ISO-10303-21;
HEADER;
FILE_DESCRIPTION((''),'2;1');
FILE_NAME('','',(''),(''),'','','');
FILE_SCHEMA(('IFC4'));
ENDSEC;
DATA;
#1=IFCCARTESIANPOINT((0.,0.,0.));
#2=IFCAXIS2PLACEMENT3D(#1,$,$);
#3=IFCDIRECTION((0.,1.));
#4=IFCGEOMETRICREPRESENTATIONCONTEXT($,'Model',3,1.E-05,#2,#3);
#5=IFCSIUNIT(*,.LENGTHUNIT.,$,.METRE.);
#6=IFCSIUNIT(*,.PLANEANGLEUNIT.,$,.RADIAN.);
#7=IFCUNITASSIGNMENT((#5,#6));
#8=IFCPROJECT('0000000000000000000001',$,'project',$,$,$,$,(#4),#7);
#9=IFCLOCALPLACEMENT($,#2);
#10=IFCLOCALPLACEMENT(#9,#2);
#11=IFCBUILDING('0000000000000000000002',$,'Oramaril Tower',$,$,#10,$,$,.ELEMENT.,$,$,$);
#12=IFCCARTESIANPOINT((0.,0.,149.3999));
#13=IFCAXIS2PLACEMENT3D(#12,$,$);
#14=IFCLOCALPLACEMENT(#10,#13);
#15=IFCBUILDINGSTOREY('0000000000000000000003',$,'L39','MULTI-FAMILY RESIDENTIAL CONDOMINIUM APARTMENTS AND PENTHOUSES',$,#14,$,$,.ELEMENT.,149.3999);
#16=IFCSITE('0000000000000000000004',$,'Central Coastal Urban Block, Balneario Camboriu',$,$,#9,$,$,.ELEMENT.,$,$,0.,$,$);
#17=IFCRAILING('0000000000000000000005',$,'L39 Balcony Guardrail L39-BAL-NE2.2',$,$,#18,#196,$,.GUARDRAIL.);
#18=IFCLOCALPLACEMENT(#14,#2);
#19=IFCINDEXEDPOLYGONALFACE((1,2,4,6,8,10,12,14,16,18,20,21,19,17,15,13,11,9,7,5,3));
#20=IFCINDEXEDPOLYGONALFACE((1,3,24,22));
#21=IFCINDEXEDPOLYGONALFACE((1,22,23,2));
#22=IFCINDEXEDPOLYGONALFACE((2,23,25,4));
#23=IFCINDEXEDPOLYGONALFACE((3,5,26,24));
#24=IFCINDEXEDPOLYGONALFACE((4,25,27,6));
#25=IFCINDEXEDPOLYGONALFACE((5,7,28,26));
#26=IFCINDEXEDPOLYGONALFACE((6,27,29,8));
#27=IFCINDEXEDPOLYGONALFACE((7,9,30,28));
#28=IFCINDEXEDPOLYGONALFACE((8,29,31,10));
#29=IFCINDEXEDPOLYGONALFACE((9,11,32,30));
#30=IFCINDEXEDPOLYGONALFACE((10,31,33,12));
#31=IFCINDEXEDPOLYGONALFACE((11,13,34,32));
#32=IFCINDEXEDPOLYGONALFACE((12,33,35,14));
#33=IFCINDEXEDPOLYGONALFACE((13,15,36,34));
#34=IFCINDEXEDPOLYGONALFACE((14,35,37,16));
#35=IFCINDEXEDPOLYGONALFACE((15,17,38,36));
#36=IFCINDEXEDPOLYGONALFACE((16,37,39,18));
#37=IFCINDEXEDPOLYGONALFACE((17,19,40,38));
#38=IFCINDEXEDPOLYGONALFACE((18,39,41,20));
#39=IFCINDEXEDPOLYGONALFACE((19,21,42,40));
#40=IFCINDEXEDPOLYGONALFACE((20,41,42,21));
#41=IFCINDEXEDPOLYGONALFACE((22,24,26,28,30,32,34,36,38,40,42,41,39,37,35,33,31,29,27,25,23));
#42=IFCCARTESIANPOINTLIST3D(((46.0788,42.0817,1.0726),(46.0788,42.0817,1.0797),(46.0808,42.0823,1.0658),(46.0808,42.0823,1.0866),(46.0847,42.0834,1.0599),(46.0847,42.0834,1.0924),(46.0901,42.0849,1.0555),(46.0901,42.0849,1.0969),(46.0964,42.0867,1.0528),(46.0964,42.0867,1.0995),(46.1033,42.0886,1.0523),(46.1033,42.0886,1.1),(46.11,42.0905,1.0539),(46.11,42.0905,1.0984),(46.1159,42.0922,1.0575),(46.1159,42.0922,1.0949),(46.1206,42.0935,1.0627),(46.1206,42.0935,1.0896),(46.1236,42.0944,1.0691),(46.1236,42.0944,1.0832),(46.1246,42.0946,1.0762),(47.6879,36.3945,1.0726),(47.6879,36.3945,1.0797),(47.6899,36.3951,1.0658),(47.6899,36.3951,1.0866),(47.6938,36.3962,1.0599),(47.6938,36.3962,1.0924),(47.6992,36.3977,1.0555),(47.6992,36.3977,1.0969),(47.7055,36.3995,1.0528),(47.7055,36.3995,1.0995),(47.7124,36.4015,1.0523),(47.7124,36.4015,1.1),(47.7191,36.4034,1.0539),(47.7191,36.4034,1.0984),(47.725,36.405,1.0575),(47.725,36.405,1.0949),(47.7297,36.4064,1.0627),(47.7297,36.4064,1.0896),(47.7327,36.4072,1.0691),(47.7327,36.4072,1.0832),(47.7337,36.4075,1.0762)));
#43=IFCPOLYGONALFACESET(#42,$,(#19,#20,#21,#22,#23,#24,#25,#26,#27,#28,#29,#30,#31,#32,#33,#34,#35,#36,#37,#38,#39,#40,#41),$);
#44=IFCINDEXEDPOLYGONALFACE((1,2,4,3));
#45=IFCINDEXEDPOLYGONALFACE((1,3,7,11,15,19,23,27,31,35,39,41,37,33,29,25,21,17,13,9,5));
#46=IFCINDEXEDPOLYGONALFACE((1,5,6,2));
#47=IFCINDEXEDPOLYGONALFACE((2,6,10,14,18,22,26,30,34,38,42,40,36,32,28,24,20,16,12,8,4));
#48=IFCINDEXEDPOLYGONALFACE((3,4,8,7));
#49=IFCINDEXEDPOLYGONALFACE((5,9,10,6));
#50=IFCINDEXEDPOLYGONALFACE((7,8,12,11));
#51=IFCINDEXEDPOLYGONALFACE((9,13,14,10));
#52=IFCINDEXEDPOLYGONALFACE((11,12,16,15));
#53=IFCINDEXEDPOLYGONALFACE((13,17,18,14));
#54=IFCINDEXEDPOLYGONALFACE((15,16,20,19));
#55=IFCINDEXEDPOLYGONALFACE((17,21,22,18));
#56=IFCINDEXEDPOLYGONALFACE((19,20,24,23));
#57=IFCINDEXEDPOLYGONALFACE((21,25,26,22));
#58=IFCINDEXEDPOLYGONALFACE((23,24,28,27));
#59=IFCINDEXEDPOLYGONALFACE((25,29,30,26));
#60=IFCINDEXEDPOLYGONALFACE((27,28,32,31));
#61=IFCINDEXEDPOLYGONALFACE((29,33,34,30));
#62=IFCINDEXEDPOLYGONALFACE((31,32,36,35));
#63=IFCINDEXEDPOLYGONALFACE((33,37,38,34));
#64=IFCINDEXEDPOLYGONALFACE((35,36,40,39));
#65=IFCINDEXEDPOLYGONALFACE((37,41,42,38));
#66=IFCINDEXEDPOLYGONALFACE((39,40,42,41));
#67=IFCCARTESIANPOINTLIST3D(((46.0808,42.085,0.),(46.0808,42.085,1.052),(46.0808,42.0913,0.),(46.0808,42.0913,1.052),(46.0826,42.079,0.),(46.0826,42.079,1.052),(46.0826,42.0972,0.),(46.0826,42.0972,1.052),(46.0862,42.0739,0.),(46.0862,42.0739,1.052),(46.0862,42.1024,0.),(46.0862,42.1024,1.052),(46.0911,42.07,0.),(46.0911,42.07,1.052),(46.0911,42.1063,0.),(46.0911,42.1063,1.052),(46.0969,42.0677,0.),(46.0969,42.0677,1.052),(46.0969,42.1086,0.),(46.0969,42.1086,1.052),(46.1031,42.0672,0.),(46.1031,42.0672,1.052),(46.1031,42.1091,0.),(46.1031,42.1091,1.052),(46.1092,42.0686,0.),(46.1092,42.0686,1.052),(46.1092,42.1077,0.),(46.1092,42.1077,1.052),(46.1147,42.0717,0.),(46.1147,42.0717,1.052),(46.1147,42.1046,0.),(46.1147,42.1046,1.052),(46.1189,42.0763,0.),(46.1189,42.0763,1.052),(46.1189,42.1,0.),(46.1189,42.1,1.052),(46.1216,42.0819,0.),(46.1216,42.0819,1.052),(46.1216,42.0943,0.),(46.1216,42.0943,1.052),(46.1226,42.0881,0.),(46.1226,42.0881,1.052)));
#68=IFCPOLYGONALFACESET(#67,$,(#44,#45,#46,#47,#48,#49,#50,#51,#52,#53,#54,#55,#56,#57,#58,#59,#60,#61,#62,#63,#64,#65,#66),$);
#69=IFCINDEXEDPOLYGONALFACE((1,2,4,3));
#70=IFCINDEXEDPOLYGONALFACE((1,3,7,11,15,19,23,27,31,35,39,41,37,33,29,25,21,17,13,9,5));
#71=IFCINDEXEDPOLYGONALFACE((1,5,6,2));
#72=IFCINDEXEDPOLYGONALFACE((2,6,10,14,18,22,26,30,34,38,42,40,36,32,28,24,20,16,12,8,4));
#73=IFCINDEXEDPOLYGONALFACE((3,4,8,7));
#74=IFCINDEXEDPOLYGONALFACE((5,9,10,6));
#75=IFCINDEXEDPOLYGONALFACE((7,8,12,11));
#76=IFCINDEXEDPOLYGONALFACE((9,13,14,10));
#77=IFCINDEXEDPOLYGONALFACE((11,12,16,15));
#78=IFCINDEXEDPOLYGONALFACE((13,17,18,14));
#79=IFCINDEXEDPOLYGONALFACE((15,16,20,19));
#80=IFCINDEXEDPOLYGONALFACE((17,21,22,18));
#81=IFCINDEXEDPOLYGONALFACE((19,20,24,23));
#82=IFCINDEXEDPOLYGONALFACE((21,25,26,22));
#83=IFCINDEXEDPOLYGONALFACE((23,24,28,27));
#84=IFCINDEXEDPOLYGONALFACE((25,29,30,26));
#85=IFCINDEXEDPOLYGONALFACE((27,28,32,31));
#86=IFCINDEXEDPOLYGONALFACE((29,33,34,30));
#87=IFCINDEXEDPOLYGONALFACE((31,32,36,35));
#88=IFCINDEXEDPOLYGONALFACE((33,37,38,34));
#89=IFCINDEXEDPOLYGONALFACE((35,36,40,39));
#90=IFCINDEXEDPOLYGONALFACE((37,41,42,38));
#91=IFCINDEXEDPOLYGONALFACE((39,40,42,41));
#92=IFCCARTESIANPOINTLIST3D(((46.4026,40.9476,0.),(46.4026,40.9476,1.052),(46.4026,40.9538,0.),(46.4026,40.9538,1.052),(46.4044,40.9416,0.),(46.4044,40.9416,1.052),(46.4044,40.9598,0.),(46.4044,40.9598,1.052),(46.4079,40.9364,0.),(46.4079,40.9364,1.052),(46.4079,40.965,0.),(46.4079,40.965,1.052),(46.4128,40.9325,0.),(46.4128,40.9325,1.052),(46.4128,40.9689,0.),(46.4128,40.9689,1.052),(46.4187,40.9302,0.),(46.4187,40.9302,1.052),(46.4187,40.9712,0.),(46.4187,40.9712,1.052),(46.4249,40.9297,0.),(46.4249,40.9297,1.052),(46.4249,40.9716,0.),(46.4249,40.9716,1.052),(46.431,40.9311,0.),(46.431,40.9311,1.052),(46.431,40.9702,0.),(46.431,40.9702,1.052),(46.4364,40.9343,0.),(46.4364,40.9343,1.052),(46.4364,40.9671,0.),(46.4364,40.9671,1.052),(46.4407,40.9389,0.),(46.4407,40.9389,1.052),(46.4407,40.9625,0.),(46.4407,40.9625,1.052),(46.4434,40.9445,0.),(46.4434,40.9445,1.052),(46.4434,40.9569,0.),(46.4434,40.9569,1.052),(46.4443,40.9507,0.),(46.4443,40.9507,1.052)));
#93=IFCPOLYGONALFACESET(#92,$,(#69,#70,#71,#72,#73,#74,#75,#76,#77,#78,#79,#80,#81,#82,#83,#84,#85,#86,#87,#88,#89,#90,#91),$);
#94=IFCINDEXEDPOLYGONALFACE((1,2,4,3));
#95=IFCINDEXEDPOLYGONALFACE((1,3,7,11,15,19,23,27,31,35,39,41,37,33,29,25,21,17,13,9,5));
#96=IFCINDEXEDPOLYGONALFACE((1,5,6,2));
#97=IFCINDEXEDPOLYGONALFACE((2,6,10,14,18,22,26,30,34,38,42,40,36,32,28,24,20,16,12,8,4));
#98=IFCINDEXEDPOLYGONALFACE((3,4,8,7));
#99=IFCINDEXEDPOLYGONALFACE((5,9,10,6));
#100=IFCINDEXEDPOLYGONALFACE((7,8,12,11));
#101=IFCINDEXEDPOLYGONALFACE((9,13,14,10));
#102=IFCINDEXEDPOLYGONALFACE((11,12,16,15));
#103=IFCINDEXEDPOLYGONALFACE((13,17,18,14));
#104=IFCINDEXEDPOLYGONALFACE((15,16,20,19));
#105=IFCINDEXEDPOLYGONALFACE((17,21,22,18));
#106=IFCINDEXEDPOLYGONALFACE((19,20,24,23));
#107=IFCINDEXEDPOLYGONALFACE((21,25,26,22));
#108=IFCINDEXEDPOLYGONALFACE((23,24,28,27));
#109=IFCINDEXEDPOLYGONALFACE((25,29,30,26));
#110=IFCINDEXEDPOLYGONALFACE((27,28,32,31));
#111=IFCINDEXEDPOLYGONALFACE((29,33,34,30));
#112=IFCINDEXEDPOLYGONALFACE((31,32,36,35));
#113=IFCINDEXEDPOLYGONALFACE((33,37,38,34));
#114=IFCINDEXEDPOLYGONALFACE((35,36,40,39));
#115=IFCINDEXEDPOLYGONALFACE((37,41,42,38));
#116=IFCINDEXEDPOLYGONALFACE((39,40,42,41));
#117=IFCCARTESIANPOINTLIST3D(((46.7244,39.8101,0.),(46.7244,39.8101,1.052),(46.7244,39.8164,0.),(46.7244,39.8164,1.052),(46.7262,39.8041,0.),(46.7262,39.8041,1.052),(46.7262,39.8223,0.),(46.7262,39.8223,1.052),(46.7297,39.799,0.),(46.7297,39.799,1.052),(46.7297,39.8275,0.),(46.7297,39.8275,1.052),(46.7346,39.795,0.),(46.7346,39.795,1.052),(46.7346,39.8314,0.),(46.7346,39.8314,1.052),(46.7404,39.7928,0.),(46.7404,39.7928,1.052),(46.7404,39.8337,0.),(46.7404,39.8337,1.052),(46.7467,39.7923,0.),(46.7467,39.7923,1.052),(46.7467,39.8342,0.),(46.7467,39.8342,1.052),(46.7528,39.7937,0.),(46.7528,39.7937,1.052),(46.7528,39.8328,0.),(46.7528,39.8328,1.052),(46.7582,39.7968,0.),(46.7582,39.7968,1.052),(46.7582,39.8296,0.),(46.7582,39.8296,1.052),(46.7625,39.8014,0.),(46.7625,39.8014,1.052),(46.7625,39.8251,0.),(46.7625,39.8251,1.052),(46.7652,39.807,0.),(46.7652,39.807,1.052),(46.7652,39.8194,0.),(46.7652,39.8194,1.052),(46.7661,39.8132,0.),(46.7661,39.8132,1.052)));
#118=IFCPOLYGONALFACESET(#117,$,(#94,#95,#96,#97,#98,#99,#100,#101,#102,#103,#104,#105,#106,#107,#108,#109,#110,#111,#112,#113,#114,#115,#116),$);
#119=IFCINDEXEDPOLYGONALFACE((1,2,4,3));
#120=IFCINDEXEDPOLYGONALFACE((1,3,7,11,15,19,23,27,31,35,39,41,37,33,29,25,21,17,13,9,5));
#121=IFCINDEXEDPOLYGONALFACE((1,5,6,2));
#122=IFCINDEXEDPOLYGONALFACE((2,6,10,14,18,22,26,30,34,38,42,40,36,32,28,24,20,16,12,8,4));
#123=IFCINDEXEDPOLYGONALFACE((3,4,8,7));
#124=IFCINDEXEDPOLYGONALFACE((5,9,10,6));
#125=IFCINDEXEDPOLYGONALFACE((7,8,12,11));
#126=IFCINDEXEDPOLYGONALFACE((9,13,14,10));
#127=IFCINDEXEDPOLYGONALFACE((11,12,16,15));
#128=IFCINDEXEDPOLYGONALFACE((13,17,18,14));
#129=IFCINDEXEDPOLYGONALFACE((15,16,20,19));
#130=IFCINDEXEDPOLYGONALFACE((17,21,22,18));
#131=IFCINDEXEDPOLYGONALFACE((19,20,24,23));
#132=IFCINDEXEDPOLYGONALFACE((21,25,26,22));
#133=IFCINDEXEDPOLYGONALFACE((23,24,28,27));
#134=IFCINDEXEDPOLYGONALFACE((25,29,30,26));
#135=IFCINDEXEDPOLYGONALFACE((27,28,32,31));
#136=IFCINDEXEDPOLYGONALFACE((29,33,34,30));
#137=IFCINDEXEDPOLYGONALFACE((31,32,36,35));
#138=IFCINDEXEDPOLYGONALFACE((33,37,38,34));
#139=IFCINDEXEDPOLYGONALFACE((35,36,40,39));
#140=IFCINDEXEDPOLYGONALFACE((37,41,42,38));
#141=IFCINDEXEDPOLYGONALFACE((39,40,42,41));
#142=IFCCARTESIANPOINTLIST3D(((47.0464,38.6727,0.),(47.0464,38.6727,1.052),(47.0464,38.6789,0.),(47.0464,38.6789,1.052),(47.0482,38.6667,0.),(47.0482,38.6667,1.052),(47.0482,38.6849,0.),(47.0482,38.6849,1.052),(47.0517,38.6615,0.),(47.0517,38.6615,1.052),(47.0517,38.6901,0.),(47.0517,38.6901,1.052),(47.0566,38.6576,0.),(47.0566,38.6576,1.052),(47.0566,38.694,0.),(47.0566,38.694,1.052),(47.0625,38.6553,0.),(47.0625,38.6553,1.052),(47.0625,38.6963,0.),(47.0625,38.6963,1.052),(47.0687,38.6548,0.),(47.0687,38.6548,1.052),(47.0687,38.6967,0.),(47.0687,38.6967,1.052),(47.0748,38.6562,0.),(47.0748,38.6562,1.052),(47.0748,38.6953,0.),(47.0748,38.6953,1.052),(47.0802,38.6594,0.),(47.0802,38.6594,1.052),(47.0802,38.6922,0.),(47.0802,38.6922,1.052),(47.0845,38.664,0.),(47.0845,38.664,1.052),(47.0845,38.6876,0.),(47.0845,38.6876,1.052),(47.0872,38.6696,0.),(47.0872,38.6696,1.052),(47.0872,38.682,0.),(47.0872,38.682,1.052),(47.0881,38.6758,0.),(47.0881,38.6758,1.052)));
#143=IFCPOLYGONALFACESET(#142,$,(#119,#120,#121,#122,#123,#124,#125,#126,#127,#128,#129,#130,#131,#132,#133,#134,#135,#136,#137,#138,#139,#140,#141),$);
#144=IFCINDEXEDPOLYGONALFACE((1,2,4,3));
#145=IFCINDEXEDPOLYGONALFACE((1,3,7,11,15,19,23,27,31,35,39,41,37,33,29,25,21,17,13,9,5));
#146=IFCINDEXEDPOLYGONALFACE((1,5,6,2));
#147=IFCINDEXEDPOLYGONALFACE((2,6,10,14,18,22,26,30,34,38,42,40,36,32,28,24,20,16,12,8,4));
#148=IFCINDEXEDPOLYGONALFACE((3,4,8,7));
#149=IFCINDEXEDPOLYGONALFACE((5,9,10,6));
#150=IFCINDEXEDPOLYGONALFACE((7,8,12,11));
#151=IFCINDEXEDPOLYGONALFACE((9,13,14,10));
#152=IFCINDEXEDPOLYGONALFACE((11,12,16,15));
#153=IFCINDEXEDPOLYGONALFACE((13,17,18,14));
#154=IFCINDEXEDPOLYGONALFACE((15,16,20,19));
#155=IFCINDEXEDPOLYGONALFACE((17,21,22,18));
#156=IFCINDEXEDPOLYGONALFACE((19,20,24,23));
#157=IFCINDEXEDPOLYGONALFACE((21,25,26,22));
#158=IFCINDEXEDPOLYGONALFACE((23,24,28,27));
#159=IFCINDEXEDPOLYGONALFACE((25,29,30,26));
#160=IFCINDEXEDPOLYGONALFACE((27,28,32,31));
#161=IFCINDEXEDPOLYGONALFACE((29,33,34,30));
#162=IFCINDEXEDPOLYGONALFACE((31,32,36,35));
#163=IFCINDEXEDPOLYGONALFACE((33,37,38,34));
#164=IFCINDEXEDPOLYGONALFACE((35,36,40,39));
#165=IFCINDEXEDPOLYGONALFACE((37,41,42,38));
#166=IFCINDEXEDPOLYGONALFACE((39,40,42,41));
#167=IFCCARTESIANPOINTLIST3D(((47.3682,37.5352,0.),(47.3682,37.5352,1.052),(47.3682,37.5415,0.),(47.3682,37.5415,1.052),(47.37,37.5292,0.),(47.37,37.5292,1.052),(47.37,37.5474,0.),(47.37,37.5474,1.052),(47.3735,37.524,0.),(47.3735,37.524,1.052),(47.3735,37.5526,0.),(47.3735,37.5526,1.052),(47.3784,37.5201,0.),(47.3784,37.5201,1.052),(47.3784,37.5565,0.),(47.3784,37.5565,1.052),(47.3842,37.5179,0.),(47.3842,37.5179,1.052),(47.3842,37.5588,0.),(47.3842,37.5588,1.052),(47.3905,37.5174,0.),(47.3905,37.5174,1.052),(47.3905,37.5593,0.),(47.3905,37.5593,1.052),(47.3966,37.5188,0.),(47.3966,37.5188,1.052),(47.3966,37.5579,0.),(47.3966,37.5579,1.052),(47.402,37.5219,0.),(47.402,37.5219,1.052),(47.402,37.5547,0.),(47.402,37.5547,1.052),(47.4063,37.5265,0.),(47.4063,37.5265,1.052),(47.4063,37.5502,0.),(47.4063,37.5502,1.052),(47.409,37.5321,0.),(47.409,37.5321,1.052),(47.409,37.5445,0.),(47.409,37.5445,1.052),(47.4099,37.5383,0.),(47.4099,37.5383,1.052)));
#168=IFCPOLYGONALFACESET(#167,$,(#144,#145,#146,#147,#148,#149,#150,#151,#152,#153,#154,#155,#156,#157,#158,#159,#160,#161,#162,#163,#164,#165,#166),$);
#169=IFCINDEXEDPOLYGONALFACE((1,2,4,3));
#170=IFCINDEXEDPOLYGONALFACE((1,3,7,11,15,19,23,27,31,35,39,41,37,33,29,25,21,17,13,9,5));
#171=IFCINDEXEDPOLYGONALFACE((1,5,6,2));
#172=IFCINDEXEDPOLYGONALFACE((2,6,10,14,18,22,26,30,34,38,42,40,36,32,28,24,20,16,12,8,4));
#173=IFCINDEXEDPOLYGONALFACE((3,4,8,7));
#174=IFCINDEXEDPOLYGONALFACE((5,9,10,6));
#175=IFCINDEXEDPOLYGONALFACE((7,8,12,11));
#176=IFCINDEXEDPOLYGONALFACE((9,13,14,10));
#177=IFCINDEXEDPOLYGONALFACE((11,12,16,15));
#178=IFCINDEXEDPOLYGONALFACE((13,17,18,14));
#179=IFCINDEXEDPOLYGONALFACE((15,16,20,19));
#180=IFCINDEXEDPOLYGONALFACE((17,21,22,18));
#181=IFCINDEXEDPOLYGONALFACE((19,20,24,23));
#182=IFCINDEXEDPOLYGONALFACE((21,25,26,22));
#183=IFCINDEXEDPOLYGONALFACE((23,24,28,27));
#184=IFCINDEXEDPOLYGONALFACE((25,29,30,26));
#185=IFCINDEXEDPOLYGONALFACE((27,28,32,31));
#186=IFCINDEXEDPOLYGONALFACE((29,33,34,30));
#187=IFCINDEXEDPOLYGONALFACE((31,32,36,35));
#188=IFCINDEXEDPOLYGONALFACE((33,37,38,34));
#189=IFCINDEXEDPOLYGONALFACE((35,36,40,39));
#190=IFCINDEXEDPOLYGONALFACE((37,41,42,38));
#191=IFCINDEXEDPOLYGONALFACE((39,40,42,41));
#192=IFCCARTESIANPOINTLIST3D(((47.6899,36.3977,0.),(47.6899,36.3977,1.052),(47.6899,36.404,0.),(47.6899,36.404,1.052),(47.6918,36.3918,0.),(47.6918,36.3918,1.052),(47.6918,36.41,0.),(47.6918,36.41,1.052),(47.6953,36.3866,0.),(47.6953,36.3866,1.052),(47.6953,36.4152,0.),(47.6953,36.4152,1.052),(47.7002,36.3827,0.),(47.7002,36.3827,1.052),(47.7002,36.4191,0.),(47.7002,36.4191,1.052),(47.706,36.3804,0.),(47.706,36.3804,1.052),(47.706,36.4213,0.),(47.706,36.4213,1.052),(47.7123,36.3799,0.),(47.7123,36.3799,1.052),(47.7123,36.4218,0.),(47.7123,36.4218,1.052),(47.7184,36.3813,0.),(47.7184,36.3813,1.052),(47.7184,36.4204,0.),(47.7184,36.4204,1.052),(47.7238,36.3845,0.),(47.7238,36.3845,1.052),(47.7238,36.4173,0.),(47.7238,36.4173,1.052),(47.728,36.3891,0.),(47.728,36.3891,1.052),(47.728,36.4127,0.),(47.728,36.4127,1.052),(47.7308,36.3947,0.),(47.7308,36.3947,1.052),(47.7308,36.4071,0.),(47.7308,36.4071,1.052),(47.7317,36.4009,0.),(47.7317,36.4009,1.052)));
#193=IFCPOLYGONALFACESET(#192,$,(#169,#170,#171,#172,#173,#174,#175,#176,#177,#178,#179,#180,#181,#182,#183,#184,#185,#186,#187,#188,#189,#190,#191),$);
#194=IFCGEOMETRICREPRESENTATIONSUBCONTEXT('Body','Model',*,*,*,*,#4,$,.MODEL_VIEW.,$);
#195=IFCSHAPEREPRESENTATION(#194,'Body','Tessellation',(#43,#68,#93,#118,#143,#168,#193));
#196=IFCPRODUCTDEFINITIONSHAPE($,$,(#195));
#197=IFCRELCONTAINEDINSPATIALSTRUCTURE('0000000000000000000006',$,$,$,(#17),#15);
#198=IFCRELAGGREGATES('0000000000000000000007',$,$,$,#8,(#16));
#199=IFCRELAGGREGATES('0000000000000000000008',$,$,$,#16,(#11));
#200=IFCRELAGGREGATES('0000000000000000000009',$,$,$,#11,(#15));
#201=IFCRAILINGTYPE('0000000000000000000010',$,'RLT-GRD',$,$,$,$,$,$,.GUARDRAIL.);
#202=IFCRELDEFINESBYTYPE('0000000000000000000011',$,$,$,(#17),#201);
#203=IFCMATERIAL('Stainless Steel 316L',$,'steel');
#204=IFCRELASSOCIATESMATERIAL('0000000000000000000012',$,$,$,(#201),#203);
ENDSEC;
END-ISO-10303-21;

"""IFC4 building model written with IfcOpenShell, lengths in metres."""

from ifc_helpers import new_model, si_unit, direction, frame, origin, origin_2d, place, context, subcontext, project, spatial, circle, extrude, material, type_object, element, save


model = new_model("IFC4")

# Units and contexts
model_context = context("Model", 3, precision=1e-05, world=origin(), true_north=direction((0.0, 1.0)))
body_context = subcontext(model_context, "Body", "Model", "MODEL_VIEW")
ifc_project = project(units=[si_unit("LENGTHUNIT", "METRE"), si_unit("PLANEANGLEUNIT", "RADIAN")], contexts=[model_context])

# Site, building, storey
site_placement = place(None, origin())
site = spatial("IfcSite", under=ifc_project, at=site_placement, Name="Central Coastal Urban Block, Balneario Camboriu", CompositionType="ELEMENT", RefElevation=0.0)
building_placement = place(site_placement, origin())
building = spatial("IfcBuilding", under=site, at=building_placement, Name="Oramaril Tower", CompositionType="ELEMENT")
storey_placement = place(building_placement, frame((0.0, 0.0, 149.3999)))
storey = spatial("IfcBuildingStorey", under=building, at=storey_placement, Name="L39", Description="MULTI-FAMILY RESIDENTIAL CONDOMINIUM APARTMENTS AND PENTHOUSES", CompositionType="ELEMENT", Elevation=149.3999)

# Railing
ifc_material_1 = material(Name="Stainless Steel 316L", Category="steel")
railing_type = type_object("IfcRailingType", Name="RLT-GRD", PredefinedType="GUARDRAIL", material=ifc_material_1)
railing_1_placement = place(storey_placement, frame((46.1016, 42.0881, 0.0)))
element("IfcRailing", 1, at=railing_1_placement, inside=storey, type_object=railing_type, Name="L39 Balcony Guardrail L39-BAL-NE2.2", PredefinedType="GUARDRAIL", context=body_context, shape_type="SweptSolid", body=[
    extrude(circle(Radius=0.0239, at=origin_2d()), frame((0.0, 0.0, 1.0762), z_axis=(0.272249, -0.962227, 0.0), x_axis=(0.962227, 0.272249, 0.0)), (0.0, 0.0, 1.0), 5.9104),
    extrude(circle(Radius=0.021, at=origin_2d()), origin(), (0.0, 0.0, 1.0), 1.052),
    extrude(circle(Radius=0.021, at=origin_2d()), frame((0.3218, -1.1375, 0.0)), (0.0, 0.0, 1.0), 1.052),
    extrude(circle(Radius=0.021, at=origin_2d()), frame((0.6436, -2.2749, 0.0)), (0.0, 0.0, 1.0), 1.052),
    extrude(circle(Radius=0.021, at=origin_2d()), frame((0.9656, -3.4124, 0.0)), (0.0, 0.0, 1.0), 1.052),
    extrude(circle(Radius=0.021, at=origin_2d()), frame((1.2874, -4.5498, 0.0)), (0.0, 0.0, 1.0), 1.052),
    extrude(circle(Radius=0.021, at=origin_2d()), frame((1.6091, -5.6873, 0.0)), (0.0, 0.0, 1.0), 1.052),
])

save(model, "model.ifc")
